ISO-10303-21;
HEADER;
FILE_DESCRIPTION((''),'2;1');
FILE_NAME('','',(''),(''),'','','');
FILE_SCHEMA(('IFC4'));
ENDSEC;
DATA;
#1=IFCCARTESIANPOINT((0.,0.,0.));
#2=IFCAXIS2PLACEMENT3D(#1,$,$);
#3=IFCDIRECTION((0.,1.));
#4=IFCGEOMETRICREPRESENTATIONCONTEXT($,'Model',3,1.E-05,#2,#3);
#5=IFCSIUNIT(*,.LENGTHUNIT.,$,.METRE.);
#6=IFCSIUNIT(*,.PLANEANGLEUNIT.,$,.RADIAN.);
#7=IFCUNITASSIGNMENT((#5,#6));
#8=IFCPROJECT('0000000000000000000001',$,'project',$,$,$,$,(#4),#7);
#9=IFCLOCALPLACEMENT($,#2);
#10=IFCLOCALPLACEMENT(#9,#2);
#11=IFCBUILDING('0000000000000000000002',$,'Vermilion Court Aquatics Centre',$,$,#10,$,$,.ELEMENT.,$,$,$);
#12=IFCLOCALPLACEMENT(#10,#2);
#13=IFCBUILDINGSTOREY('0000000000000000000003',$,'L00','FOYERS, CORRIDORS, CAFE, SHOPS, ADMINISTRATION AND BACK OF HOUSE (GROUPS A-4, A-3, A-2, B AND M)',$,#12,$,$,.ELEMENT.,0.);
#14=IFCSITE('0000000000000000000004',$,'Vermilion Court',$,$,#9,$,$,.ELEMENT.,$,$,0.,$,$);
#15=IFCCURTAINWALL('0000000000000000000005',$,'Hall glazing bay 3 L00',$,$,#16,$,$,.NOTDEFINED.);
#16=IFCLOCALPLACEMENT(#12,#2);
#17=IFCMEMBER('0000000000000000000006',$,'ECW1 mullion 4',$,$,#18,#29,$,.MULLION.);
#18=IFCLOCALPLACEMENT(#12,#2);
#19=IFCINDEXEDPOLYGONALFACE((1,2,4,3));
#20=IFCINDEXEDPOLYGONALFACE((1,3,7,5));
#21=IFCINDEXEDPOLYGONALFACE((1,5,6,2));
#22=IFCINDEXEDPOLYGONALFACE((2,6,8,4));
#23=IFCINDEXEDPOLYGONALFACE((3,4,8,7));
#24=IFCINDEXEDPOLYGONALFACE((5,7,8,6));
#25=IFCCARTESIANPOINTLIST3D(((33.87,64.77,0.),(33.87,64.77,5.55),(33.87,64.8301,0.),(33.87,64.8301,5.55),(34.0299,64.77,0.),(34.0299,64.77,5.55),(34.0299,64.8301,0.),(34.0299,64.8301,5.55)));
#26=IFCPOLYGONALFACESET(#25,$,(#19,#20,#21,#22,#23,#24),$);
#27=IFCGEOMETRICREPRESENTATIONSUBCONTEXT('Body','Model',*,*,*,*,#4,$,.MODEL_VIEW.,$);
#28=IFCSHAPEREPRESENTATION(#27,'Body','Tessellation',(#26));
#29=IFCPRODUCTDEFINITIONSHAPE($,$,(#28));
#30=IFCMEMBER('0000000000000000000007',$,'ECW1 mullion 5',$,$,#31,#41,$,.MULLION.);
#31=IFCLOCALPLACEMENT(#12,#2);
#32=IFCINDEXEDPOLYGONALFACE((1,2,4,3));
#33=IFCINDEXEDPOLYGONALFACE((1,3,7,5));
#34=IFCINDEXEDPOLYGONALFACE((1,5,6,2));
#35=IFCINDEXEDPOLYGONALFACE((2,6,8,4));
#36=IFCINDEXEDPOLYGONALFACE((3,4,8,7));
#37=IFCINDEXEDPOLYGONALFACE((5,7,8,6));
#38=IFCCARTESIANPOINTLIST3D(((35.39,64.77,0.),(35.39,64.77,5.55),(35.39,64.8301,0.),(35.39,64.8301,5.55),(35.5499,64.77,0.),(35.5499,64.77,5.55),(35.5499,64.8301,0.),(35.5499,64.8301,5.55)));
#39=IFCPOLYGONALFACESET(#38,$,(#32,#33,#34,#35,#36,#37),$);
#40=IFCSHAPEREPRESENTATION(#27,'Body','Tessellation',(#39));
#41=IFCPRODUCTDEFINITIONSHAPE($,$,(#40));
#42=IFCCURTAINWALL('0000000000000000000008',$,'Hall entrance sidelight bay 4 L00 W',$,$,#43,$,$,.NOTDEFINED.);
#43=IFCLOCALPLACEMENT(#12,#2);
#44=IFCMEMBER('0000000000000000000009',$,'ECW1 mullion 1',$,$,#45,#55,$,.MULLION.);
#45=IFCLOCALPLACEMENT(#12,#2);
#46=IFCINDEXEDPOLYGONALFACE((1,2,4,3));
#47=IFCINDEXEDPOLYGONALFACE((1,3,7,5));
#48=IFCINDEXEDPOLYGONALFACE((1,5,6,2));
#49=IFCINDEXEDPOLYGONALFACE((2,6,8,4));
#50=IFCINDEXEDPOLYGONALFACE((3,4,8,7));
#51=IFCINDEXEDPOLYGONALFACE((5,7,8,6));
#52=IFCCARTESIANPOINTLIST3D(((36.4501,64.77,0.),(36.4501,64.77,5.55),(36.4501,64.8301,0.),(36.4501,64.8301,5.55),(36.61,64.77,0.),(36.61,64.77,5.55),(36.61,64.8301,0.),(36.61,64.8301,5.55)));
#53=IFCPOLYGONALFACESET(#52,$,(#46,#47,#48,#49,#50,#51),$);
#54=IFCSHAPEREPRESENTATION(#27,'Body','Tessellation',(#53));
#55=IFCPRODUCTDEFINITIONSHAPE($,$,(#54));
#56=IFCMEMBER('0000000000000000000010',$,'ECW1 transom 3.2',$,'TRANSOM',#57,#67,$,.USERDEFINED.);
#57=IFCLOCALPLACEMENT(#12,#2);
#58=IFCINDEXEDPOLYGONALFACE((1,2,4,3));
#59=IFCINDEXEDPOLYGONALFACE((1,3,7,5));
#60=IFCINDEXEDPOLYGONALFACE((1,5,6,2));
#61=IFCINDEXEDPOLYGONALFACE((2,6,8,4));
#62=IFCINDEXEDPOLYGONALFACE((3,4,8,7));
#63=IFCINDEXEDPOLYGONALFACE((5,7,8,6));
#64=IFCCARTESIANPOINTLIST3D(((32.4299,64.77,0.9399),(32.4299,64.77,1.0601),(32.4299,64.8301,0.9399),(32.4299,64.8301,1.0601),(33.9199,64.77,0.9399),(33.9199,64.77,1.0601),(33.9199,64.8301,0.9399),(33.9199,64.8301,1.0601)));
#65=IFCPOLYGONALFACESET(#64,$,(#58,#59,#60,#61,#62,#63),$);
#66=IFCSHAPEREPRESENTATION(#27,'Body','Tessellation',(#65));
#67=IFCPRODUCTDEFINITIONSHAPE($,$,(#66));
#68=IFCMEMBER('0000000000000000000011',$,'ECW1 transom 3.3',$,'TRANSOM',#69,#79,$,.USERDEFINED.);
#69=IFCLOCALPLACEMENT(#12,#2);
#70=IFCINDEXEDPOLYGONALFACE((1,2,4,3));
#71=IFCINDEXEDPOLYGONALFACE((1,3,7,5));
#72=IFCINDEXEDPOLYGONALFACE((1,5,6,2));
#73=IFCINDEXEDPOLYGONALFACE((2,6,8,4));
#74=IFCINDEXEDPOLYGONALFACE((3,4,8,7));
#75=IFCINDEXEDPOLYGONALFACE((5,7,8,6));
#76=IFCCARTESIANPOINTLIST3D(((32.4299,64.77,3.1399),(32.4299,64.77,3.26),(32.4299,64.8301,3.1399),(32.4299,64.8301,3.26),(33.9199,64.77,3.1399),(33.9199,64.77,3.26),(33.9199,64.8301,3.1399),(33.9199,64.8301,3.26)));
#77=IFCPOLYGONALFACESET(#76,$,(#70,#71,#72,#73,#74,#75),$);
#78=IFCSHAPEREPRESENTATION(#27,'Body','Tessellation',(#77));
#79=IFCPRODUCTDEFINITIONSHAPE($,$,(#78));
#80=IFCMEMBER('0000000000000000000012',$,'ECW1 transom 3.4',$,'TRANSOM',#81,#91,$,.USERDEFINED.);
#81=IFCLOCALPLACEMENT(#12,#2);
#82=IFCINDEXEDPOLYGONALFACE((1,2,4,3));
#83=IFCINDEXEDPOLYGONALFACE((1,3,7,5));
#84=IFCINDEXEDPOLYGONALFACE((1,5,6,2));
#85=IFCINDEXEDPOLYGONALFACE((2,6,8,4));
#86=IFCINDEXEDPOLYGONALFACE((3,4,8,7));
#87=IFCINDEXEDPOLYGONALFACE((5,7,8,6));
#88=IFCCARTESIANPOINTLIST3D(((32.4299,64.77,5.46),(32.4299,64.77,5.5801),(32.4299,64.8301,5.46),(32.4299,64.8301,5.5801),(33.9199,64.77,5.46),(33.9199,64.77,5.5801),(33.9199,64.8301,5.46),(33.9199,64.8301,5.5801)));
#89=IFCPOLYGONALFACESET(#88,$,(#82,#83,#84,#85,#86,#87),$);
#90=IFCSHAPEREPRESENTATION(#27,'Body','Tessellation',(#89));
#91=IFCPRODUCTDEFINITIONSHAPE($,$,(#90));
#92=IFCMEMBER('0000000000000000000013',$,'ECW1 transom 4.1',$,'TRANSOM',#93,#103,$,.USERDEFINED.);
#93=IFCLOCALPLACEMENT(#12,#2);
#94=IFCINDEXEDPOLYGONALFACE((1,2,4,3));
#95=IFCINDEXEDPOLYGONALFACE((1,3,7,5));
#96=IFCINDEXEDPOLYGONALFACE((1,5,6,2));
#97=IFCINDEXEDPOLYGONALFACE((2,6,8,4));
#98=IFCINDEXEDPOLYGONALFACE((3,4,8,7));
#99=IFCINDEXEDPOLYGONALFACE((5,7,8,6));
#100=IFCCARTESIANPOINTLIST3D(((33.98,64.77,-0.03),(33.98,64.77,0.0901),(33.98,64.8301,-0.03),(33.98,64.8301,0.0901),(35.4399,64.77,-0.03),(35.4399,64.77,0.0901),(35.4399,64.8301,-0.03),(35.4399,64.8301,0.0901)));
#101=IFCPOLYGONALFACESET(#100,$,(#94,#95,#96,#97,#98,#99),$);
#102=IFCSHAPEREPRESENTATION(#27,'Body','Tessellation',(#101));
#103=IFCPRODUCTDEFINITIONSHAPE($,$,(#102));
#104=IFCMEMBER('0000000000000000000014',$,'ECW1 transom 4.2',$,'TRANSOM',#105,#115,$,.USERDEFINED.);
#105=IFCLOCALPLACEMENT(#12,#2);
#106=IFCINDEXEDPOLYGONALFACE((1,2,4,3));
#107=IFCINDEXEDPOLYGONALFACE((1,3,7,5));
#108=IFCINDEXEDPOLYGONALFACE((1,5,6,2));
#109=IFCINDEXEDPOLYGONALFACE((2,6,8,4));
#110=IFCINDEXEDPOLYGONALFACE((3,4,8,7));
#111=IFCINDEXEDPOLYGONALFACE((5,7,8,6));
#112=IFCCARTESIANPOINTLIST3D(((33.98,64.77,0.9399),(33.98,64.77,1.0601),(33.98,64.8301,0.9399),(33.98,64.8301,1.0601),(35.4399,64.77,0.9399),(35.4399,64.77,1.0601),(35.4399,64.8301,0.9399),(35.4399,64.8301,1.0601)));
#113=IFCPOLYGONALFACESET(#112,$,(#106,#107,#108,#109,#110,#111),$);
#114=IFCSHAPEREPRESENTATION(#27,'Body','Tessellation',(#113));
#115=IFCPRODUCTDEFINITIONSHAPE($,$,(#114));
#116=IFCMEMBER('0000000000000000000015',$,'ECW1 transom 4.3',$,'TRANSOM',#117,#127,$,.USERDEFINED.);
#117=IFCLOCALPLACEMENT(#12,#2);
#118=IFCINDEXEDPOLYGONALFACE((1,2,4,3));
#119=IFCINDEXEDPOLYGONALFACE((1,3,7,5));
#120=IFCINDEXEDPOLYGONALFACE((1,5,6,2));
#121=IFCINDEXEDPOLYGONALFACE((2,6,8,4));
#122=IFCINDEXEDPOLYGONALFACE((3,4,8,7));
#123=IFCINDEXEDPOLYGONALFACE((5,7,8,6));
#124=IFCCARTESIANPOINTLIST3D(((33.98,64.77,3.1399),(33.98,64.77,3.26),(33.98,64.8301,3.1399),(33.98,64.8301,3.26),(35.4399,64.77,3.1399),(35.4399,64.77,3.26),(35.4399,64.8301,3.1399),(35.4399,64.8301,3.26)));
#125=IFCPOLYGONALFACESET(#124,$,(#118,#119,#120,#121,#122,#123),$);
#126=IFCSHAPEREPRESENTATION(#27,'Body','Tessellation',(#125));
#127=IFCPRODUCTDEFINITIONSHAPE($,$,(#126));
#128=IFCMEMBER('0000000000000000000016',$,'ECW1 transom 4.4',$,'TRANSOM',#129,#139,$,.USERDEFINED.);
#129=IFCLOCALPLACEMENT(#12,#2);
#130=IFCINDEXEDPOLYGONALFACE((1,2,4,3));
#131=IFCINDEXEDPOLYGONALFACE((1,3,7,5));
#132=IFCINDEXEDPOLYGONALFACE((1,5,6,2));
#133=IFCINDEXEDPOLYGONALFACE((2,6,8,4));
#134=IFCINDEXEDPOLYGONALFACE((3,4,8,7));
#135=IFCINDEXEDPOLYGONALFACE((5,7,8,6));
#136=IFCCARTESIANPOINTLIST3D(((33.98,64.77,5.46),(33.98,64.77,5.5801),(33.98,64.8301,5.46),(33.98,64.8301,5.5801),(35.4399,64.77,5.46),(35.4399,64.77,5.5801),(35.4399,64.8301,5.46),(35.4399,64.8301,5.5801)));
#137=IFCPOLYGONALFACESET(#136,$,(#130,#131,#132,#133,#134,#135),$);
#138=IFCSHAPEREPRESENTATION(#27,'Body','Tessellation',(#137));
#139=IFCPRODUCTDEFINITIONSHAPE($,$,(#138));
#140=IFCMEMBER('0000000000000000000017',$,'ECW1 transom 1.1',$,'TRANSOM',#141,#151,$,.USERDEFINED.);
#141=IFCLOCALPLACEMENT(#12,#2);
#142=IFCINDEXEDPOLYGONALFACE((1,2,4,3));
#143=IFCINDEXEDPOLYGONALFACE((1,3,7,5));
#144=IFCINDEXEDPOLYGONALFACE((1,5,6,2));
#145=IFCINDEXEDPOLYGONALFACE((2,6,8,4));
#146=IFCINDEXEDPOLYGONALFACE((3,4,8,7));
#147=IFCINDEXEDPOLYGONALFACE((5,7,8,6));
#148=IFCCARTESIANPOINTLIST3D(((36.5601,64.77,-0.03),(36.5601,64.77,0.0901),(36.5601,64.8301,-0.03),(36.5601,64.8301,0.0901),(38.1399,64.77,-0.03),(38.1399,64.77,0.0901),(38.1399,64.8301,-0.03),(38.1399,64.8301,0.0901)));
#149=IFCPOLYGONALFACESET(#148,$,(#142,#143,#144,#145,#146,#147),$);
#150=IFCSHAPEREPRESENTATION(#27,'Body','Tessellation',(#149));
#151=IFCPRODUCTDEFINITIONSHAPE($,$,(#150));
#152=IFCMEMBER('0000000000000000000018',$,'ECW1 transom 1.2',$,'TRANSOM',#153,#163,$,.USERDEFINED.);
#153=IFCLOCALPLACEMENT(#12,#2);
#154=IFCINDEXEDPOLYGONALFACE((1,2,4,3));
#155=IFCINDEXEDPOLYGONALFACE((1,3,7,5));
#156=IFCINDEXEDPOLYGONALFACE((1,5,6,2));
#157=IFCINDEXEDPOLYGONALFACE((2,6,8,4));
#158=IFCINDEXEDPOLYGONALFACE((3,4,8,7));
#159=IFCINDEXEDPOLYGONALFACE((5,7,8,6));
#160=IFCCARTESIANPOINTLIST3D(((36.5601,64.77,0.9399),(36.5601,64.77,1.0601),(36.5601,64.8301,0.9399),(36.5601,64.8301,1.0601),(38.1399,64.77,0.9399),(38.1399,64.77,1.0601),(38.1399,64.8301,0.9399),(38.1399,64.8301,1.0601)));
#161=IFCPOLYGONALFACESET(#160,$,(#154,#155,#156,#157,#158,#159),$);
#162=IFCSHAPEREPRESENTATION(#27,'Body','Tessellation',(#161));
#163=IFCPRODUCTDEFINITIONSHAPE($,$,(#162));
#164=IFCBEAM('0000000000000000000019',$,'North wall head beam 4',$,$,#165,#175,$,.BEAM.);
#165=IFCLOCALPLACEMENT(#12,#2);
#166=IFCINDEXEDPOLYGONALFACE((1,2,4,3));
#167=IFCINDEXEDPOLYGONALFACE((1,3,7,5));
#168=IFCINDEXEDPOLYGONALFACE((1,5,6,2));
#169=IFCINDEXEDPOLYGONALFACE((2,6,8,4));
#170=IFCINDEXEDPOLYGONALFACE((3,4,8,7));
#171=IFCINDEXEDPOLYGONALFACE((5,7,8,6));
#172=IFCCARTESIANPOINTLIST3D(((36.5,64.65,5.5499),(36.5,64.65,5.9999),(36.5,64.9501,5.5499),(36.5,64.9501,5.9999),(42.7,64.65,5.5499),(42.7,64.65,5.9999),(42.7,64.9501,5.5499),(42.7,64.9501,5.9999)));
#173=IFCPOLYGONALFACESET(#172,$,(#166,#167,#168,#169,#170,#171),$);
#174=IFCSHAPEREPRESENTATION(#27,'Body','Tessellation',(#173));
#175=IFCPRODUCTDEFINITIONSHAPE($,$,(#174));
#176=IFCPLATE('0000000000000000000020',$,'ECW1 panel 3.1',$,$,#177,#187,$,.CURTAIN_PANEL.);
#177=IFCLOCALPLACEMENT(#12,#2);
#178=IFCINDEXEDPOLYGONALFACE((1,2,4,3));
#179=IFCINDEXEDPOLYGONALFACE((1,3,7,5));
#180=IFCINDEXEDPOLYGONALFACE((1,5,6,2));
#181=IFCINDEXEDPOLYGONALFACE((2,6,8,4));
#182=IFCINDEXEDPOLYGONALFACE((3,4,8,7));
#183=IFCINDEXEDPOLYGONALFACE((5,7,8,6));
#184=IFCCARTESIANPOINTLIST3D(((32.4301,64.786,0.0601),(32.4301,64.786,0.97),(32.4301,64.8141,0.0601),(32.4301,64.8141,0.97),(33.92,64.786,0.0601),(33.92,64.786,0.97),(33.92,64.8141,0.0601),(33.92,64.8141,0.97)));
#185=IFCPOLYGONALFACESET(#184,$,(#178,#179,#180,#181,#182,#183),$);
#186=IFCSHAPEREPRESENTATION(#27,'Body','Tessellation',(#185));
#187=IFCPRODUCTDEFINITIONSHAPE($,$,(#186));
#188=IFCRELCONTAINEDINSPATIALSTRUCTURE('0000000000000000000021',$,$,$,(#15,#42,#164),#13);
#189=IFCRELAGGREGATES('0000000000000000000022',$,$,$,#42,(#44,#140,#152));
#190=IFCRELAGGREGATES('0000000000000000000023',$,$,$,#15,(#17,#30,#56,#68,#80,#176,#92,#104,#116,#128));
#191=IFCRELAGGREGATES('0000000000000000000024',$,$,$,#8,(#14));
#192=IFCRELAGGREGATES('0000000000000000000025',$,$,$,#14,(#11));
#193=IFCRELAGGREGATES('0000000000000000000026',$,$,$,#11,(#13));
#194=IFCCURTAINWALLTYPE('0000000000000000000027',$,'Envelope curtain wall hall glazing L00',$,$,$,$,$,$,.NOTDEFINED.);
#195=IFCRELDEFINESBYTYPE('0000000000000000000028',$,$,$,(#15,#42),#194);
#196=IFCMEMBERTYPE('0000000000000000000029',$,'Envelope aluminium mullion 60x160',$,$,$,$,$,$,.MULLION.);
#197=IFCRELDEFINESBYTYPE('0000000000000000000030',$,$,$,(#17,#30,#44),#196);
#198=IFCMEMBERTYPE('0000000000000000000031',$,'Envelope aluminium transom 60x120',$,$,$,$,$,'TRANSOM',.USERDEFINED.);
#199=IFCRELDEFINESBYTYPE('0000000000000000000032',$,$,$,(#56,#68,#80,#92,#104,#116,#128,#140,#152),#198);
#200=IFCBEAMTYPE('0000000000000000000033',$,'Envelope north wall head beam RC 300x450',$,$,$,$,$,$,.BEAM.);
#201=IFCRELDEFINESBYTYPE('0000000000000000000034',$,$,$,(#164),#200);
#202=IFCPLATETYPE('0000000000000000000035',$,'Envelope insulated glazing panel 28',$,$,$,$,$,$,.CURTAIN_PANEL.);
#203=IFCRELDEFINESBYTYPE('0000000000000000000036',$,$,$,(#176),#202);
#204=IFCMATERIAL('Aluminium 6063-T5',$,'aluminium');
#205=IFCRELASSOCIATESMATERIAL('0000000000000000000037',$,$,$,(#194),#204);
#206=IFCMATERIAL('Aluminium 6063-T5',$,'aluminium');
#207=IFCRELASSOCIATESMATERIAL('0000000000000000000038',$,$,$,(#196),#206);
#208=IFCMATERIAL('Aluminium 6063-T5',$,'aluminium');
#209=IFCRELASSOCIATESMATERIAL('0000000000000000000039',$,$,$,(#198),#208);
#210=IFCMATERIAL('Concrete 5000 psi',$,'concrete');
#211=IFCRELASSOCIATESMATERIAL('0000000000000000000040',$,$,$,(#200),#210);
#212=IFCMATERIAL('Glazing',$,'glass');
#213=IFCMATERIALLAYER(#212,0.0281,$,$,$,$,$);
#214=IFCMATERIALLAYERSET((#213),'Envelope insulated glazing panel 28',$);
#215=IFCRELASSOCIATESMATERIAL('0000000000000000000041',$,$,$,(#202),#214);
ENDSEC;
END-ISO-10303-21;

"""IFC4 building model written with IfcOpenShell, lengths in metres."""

from ifc_helpers import new_model, si_unit, direction, frame, origin, origin_2d, place, context, subcontext, project, spatial, rectangle, extrude, material, layer, layer_set, material_profile, profile_set, type_object, element, aggregate, save


model = new_model("IFC4")

# Units and contexts
model_context = context("Model", 3, precision=1e-05, world=origin(), true_north=direction((0.0, 1.0)))
body_context = subcontext(model_context, "Body", "Model", "MODEL_VIEW")
ifc_project = project(units=[si_unit("LENGTHUNIT", "METRE"), si_unit("PLANEANGLEUNIT", "RADIAN")], contexts=[model_context])

# Site, building, storey
site_placement = place(None, origin())
site = spatial("IfcSite", under=ifc_project, at=site_placement, Name="Vermilion Court", CompositionType="ELEMENT", RefElevation=0.0)
building_placement = place(site_placement, origin())
building = spatial("IfcBuilding", under=site, at=building_placement, Name="Vermilion Court Aquatics Centre", CompositionType="ELEMENT")
storey_placement = place(building_placement, origin())
storey = spatial("IfcBuildingStorey", under=building, at=storey_placement, Name="L00", Description="FOYERS, CORRIDORS, CAFE, SHOPS, ADMINISTRATION AND BACK OF HOUSE (GROUPS A-4, A-3, A-2, B AND M)", CompositionType="ELEMENT", Elevation=0.0)

# Curtain wall, members
ifc_material_1 = material(Name="Aluminium 6063-T5", Category="aluminium")
curtain_wall_type = type_object("IfcCurtainWallType", Name="Envelope curtain wall hall glazing L00", PredefinedType="NOTDEFINED", material=ifc_material_1)
curtain_wall_1_placement = place(storey_placement, origin())
curtain_wall_1 = element("IfcCurtainWall", 1, at=curtain_wall_1_placement, inside=storey, type_object=curtain_wall_type, Name="Hall glazing bay 3 L00", PredefinedType="NOTDEFINED")
ifc_material_2 = material(Name="Aluminium 6063-T5", Category="aluminium")
ifc_material_profile_1 = material_profile(ifc_material_2, rectangle(XDim=0.0601, YDim=0.1599, at=origin_2d()), Name="AL 60x160")
ifc_profile_set_1 = profile_set([ifc_material_profile_1], Name="Aluminium 6063-T5")
member_type_1 = type_object("IfcMemberType", Name="Envelope aluminium mullion 60x160", PredefinedType="MULLION", material=ifc_profile_set_1)
member_1_placement = place(storey_placement, frame((33.95, 64.8, 0.0), z_axis=(0.0, 0.0, 1.0), x_axis=(0.0, 1.0, 0.0)))
member_1 = element("IfcMember", 2, at=member_1_placement, type_object=member_type_1, Name="ECW1 mullion 4", PredefinedType="MULLION", context=body_context, shape_type="SweptSolid", body=[
    extrude(rectangle(XDim=0.0601, YDim=0.1599, at=origin_2d()), origin(), (0.0, 0.0, 1.0), 5.55),
])
member_2_placement = place(storey_placement, frame((35.47, 64.8, 0.0), z_axis=(0.0, 0.0, 1.0), x_axis=(0.0, 1.0, 0.0)))
member_2 = element("IfcMember", 3, at=member_2_placement, type_object=member_type_1, Name="ECW1 mullion 5", PredefinedType="MULLION", context=body_context, shape_type="SweptSolid", body=[
    extrude(rectangle(XDim=0.0601, YDim=0.1599, at=origin_2d()), origin(), (0.0, 0.0, 1.0), 5.55),
])

# Curtain wall, member
curtain_wall_2_placement = place(storey_placement, origin())
curtain_wall_2 = element("IfcCurtainWall", 4, at=curtain_wall_2_placement, inside=storey, type_object=curtain_wall_type, Name="Hall entrance sidelight bay 4 L00 W", PredefinedType="NOTDEFINED")
member_3_placement = place(storey_placement, frame((36.53, 64.8, 0.0), z_axis=(0.0, 0.0, 1.0), x_axis=(0.0, 1.0, 0.0)))
member_3 = element("IfcMember", 5, at=member_3_placement, type_object=member_type_1, Name="ECW1 mullion 1", PredefinedType="MULLION", context=body_context, shape_type="SweptSolid", body=[
    extrude(rectangle(XDim=0.0601, YDim=0.1599, at=origin_2d()), origin(), (0.0, 0.0, 1.0), 5.55),
])

# Members
ifc_material_3 = material(Name="Aluminium 6063-T5", Category="aluminium")
ifc_material_profile_2 = material_profile(ifc_material_3, rectangle(XDim=0.0601, YDim=0.1201, at=origin_2d()), Name="AL 60x120")
ifc_profile_set_2 = profile_set([ifc_material_profile_2], Name="Aluminium 6063-T5")
member_type_2 = type_object("IfcMemberType", Name="Envelope aluminium transom 60x120", ElementType="TRANSOM", PredefinedType="USERDEFINED", material=ifc_profile_set_2)
member_4_placement = place(storey_placement, frame((32.4299, 64.8, 1.0), z_axis=(1.0, 0.0, 0.0), x_axis=(0.0, 1.0, 0.0)))
member_4 = element("IfcMember", 6, at=member_4_placement, type_object=member_type_2, Name="ECW1 transom 3.2", ObjectType="TRANSOM", PredefinedType="USERDEFINED", context=body_context, shape_type="SweptSolid", body=[
    extrude(rectangle(XDim=0.0601, YDim=0.1201, at=origin_2d()), origin(), (0.0, 0.0, 1.0), 1.49),
])
member_5_placement = place(storey_placement, frame((32.4299, 64.8, 3.2), z_axis=(1.0, 0.0, 0.0), x_axis=(0.0, 1.0, 0.0)))
member_5 = element("IfcMember", 7, at=member_5_placement, type_object=member_type_2, Name="ECW1 transom 3.3", ObjectType="TRANSOM", PredefinedType="USERDEFINED", context=body_context, shape_type="SweptSolid", body=[
    extrude(rectangle(XDim=0.0601, YDim=0.1201, at=origin_2d()), origin(), (0.0, 0.0, 1.0), 1.49),
])
member_6_placement = place(storey_placement, frame((32.4299, 64.8, 5.52), z_axis=(1.0, 0.0, 0.0), x_axis=(0.0, 1.0, 0.0)))
member_6 = element("IfcMember", 8, at=member_6_placement, type_object=member_type_2, Name="ECW1 transom 3.4", ObjectType="TRANSOM", PredefinedType="USERDEFINED", context=body_context, shape_type="SweptSolid", body=[
    extrude(rectangle(XDim=0.0601, YDim=0.1201, at=origin_2d()), origin(), (0.0, 0.0, 1.0), 1.49),
])
member_7_placement = place(storey_placement, frame((33.98, 64.8, 0.03), z_axis=(1.0, 0.0, 0.0), x_axis=(0.0, 1.0, 0.0)))
member_7 = element("IfcMember", 9, at=member_7_placement, type_object=member_type_2, Name="ECW1 transom 4.1", ObjectType="TRANSOM", PredefinedType="USERDEFINED", context=body_context, shape_type="SweptSolid", body=[
    extrude(rectangle(XDim=0.0601, YDim=0.1201, at=origin_2d()), origin(), (0.0, 0.0, 1.0), 1.46),
])
member_8_placement = place(storey_placement, frame((33.98, 64.8, 1.0), z_axis=(1.0, 0.0, 0.0), x_axis=(0.0, 1.0, 0.0)))
member_8 = element("IfcMember", 10, at=member_8_placement, type_object=member_type_2, Name="ECW1 transom 4.2", ObjectType="TRANSOM", PredefinedType="USERDEFINED", context=body_context, shape_type="SweptSolid", body=[
    extrude(rectangle(XDim=0.0601, YDim=0.1201, at=origin_2d()), origin(), (0.0, 0.0, 1.0), 1.46),
])
member_9_placement = place(storey_placement, frame((33.98, 64.8, 3.2), z_axis=(1.0, 0.0, 0.0), x_axis=(0.0, 1.0, 0.0)))
member_9 = element("IfcMember", 11, at=member_9_placement, type_object=member_type_2, Name="ECW1 transom 4.3", ObjectType="TRANSOM", PredefinedType="USERDEFINED", context=body_context, shape_type="SweptSolid", body=[
    extrude(rectangle(XDim=0.0601, YDim=0.1201, at=origin_2d()), origin(), (0.0, 0.0, 1.0), 1.46),
])
member_10_placement = place(storey_placement, frame((33.98, 64.8, 5.52), z_axis=(1.0, 0.0, 0.0), x_axis=(0.0, 1.0, 0.0)))
member_10 = element("IfcMember", 12, at=member_10_placement, type_object=member_type_2, Name="ECW1 transom 4.4", ObjectType="TRANSOM", PredefinedType="USERDEFINED", context=body_context, shape_type="SweptSolid", body=[
    extrude(rectangle(XDim=0.0601, YDim=0.1201, at=origin_2d()), origin(), (0.0, 0.0, 1.0), 1.46),
])
member_11_placement = place(storey_placement, frame((36.5601, 64.8, 0.03), z_axis=(1.0, 0.0, 0.0), x_axis=(0.0, 1.0, 0.0)))
member_11 = element("IfcMember", 13, at=member_11_placement, type_object=member_type_2, Name="ECW1 transom 1.1", ObjectType="TRANSOM", PredefinedType="USERDEFINED", context=body_context, shape_type="SweptSolid", body=[
    extrude(rectangle(XDim=0.0601, YDim=0.1201, at=origin_2d()), origin(), (0.0, 0.0, 1.0), 1.5798),
])
member_12_placement = place(storey_placement, frame((36.5601, 64.8, 1.0), z_axis=(1.0, 0.0, 0.0), x_axis=(0.0, 1.0, 0.0)))
member_12 = element("IfcMember", 14, at=member_12_placement, type_object=member_type_2, Name="ECW1 transom 1.2", ObjectType="TRANSOM", PredefinedType="USERDEFINED", context=body_context, shape_type="SweptSolid", body=[
    extrude(rectangle(XDim=0.0601, YDim=0.1201, at=origin_2d()), origin(), (0.0, 0.0, 1.0), 1.5798),
])
aggregate(curtain_wall_2, [member_3, member_11, member_12])

# Beam
ifc_material_4 = material(Name="Concrete 5000 psi", Category="concrete")
ifc_material_profile_3 = material_profile(ifc_material_4, rectangle(XDim=0.3, YDim=0.45, at=origin_2d()), Name="RC 300x450")
ifc_profile_set_3 = profile_set([ifc_material_profile_3], Name="Concrete 5000 psi")
beam_type = type_object("IfcBeamType", Name="Envelope north wall head beam RC 300x450", PredefinedType="BEAM", material=ifc_profile_set_3)
beam_placement = place(storey_placement, frame((36.5, 64.8, 5.7749), z_axis=(1.0, 0.0, 0.0), x_axis=(0.0, 1.0, 0.0)))
element("IfcBeam", 15, at=beam_placement, inside=storey, type_object=beam_type, Name="North wall head beam 4", PredefinedType="BEAM", context=body_context, shape_type="SweptSolid", body=[
    extrude(rectangle(XDim=0.3, YDim=0.45, at=origin_2d()), origin(), (0.0, 0.0, 1.0), 6.2),
])

# Plate
ifc_material_5 = material(Name="Glazing", Category="glass")
ifc_layer_1 = layer(ifc_material_5, 0.0281)
ifc_layer_set_1 = layer_set([ifc_layer_1], Name="Envelope insulated glazing panel 28")
plate_type = type_object("IfcPlateType", Name="Envelope insulated glazing panel 28", PredefinedType="CURTAIN_PANEL", material=ifc_layer_set_1)
plate_1_placement = place(storey_placement, frame((33.175, 64.8, 0.0601), z_axis=(0.0, 0.0, 1.0), x_axis=(1.0, 0.0, 0.0)))
plate_1 = element("IfcPlate", 16, at=plate_1_placement, type_object=plate_type, Name="ECW1 panel 3.1", PredefinedType="CURTAIN_PANEL", context=body_context, shape_type="SweptSolid", body=[
    extrude(rectangle(XDim=1.49, YDim=0.0281, at=origin_2d()), origin(), (0.0, 0.0, 1.0), 0.9099),
])
aggregate(curtain_wall_1, [member_1, member_2, member_4, member_5, member_6, plate_1, member_7, member_8, member_9, member_10])

save(model, "model.ifc")
